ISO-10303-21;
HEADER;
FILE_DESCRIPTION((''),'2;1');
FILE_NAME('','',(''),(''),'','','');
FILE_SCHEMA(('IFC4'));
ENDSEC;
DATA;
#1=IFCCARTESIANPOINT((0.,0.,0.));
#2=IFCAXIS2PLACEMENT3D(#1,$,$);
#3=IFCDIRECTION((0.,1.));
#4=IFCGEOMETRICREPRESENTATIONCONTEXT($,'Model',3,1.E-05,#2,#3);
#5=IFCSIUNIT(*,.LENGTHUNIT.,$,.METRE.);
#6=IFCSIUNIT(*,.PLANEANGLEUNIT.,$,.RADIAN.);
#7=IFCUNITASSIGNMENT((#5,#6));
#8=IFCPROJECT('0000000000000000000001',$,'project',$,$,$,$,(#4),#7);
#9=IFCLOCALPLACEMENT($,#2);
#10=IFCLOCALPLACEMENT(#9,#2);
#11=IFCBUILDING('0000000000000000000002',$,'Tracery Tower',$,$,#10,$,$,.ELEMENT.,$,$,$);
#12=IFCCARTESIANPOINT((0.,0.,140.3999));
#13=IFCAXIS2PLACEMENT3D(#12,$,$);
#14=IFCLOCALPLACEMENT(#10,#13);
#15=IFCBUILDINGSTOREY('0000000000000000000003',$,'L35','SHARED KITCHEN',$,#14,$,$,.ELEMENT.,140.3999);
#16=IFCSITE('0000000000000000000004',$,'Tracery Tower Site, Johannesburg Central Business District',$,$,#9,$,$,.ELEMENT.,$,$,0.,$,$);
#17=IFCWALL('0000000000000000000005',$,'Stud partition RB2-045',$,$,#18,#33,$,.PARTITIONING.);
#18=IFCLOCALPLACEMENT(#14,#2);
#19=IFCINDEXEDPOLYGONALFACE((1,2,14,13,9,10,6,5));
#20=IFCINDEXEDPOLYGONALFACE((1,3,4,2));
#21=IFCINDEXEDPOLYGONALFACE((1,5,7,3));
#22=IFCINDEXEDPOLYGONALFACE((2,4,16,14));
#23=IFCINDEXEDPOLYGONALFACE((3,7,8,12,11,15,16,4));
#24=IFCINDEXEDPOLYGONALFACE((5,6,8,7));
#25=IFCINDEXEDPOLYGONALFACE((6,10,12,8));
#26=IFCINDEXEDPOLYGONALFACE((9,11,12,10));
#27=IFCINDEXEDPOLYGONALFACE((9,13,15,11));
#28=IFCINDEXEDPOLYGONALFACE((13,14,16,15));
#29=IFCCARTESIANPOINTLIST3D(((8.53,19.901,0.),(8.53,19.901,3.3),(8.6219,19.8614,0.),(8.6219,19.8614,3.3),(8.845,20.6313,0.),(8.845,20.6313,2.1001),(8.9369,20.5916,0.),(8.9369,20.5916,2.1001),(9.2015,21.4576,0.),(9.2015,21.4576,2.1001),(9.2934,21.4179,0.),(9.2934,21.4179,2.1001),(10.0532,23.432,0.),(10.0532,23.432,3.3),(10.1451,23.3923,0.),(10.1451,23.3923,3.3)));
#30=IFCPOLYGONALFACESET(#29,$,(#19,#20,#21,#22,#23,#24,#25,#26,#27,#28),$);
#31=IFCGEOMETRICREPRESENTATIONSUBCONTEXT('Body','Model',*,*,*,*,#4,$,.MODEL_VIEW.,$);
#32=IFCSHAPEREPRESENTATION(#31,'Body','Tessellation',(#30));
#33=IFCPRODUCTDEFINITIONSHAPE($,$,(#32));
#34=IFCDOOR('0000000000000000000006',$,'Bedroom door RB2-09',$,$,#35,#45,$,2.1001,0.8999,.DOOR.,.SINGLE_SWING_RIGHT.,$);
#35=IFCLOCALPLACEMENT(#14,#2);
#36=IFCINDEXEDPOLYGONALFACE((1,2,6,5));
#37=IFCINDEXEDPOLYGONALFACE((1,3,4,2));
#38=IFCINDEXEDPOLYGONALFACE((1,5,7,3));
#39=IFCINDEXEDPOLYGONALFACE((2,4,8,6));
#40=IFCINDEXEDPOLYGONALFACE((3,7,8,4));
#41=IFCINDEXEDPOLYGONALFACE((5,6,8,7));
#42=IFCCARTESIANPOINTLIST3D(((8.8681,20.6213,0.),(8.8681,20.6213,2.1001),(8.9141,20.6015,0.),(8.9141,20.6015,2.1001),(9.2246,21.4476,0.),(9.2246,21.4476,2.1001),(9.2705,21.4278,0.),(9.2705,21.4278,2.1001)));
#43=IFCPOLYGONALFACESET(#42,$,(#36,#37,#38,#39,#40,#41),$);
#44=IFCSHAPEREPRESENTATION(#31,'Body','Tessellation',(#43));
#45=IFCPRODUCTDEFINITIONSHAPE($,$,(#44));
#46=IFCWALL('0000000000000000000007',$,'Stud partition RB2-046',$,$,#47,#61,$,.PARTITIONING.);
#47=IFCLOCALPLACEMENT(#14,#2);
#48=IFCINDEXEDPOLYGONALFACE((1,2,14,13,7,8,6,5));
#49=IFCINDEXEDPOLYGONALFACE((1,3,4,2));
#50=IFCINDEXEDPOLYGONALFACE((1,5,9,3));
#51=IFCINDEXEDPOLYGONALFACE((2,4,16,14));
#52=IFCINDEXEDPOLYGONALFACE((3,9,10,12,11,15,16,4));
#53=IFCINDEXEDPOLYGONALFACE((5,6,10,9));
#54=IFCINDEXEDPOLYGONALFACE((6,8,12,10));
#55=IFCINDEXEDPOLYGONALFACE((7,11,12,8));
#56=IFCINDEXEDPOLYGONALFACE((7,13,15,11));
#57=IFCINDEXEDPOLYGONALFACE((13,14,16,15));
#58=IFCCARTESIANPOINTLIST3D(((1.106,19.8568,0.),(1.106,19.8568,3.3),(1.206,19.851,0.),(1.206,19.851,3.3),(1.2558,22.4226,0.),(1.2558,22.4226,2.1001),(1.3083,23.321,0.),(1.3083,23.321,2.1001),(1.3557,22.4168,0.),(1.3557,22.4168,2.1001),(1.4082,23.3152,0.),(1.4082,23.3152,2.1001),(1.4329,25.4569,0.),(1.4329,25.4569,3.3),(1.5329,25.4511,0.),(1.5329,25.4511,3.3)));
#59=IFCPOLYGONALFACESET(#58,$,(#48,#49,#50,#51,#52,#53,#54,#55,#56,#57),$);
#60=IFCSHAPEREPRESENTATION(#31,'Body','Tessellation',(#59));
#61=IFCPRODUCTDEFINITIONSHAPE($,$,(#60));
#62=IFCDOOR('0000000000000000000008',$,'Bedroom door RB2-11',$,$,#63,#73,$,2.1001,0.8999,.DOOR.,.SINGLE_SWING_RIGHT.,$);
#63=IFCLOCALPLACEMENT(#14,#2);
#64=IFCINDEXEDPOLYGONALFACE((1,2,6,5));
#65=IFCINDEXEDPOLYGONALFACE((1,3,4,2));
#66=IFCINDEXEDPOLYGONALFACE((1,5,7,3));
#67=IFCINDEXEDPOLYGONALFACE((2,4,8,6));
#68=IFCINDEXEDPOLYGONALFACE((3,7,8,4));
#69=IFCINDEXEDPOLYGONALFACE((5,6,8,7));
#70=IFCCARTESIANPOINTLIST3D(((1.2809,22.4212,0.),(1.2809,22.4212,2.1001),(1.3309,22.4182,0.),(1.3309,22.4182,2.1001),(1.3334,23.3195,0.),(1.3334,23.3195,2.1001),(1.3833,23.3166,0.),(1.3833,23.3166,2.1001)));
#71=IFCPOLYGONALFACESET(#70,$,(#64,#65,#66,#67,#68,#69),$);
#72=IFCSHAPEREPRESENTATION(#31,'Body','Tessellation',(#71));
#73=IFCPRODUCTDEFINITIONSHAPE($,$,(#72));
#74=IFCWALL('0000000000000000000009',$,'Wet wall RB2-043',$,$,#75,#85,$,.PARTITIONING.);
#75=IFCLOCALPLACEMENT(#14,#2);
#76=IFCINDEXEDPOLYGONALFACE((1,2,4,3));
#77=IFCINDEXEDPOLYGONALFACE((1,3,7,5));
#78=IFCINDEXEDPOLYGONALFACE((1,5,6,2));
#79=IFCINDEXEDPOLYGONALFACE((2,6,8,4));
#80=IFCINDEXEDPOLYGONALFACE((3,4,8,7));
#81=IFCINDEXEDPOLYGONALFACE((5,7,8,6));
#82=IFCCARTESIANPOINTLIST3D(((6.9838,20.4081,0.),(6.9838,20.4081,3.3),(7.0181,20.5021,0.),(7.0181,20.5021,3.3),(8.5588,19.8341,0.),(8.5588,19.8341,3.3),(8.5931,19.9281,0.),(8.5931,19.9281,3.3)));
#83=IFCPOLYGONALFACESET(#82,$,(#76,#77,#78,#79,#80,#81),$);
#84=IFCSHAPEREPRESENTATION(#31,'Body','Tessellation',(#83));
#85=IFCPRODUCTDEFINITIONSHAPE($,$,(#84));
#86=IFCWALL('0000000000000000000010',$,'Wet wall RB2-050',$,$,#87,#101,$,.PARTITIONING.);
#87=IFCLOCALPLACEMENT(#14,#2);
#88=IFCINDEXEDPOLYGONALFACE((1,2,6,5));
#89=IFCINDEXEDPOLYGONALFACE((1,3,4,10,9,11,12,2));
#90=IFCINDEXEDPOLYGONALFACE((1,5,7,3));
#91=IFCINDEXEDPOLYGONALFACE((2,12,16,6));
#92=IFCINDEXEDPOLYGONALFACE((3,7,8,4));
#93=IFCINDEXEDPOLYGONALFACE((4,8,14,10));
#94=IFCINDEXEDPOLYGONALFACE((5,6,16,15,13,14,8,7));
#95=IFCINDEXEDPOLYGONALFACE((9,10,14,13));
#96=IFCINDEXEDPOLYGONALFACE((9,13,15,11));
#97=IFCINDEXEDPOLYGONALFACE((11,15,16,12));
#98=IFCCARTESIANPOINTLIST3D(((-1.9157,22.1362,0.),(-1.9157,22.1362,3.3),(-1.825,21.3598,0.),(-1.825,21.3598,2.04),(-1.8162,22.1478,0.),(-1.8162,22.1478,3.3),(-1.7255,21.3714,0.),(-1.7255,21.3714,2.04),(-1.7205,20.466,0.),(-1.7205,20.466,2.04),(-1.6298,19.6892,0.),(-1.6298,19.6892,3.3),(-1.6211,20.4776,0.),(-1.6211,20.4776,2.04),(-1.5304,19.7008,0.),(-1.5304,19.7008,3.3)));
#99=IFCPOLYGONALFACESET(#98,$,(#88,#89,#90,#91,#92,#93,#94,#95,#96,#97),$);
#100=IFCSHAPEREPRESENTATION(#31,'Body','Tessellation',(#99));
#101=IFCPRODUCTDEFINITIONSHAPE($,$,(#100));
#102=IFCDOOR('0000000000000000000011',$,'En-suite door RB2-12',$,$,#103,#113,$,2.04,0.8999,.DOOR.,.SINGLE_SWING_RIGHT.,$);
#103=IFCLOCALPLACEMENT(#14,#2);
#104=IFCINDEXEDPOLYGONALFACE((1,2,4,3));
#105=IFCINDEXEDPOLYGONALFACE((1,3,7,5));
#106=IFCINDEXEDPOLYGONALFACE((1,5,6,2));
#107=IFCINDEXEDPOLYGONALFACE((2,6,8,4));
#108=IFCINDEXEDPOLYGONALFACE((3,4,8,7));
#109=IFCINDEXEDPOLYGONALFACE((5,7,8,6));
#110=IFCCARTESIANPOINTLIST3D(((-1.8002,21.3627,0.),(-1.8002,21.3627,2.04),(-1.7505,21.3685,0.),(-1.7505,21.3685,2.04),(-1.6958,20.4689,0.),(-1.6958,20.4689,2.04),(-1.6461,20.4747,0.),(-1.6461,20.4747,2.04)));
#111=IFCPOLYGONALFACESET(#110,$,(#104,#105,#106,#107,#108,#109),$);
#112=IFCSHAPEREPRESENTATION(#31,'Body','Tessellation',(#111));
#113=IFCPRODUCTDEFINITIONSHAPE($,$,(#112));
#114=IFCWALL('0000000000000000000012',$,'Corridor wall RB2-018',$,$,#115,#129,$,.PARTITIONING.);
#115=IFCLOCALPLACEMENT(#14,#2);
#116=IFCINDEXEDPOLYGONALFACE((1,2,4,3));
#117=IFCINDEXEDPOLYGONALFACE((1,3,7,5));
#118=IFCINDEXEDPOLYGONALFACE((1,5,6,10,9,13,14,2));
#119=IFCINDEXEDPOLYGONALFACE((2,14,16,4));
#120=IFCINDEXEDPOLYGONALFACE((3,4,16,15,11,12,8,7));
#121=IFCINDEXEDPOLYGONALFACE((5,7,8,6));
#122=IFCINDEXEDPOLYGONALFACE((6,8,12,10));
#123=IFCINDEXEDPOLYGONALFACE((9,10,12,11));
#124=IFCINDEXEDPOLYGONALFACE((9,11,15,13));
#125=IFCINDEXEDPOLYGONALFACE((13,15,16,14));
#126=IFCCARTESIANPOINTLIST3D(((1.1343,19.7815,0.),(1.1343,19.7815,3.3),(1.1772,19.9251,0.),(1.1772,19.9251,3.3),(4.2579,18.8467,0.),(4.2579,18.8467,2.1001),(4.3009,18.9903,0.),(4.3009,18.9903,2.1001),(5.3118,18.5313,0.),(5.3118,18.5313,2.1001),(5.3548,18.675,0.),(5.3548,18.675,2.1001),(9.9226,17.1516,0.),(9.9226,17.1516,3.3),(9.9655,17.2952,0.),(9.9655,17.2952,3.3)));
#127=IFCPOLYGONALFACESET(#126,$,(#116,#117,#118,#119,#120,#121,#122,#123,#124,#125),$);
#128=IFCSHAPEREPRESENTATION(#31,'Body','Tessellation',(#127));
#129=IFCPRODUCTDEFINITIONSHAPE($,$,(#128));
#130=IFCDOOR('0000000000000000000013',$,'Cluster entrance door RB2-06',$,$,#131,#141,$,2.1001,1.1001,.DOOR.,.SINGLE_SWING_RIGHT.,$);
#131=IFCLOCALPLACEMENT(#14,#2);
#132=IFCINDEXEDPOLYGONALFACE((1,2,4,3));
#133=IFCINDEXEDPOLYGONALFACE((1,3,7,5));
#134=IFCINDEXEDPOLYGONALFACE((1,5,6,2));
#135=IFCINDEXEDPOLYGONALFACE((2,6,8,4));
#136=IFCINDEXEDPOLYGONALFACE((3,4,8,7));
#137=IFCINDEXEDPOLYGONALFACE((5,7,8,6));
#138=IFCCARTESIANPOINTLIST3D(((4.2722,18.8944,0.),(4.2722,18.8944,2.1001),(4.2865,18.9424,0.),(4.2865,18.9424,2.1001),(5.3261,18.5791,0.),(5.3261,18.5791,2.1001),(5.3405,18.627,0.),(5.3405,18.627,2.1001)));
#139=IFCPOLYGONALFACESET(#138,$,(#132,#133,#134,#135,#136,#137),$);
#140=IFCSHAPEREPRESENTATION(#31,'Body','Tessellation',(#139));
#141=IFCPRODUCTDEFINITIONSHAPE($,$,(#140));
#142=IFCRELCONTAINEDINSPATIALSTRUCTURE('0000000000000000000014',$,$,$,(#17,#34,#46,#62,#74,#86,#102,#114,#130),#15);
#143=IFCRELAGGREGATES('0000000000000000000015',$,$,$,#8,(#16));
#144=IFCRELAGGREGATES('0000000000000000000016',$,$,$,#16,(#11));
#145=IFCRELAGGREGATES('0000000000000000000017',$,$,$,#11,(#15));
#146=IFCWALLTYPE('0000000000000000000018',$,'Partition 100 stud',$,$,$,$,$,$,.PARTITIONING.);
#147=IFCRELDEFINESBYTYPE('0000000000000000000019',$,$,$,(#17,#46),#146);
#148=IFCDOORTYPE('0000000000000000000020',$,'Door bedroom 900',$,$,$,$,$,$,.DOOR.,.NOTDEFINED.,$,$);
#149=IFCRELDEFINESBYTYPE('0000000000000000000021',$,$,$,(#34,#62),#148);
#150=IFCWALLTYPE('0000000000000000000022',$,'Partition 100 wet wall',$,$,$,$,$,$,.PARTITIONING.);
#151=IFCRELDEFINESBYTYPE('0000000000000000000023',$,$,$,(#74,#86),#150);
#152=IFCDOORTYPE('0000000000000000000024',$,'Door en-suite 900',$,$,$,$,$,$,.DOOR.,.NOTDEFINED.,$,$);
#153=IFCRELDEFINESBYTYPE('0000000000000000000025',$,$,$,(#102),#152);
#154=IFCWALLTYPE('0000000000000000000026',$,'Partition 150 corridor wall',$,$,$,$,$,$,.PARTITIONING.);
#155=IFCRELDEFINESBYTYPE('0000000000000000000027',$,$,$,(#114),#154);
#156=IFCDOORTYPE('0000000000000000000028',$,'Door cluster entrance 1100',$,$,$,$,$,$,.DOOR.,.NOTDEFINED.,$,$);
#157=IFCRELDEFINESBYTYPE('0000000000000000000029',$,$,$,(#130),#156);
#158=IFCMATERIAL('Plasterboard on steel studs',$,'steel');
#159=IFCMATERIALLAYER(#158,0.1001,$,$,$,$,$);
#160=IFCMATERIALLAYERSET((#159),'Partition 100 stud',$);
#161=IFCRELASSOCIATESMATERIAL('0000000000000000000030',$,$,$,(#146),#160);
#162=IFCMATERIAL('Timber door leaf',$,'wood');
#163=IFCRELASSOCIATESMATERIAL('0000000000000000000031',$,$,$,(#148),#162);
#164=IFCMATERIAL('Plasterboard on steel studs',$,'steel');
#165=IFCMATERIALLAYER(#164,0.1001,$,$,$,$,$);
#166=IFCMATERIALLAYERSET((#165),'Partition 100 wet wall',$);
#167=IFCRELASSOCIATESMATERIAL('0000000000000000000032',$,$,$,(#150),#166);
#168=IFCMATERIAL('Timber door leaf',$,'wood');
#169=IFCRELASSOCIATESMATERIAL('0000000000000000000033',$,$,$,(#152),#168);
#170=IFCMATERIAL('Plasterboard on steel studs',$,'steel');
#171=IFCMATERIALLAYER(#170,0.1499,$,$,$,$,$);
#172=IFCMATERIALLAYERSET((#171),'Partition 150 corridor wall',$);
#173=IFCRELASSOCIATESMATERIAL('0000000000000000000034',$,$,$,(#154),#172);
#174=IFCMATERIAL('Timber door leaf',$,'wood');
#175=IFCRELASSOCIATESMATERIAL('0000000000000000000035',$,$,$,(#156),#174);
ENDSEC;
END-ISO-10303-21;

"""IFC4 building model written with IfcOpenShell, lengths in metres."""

from ifc_helpers import new_model, si_unit, direction, frame, frame_2d, origin, place, context, subcontext, project, spatial, rectangle, extrude, material, layer, layer_set, type_object, element, fill, save


model = new_model("IFC4")

# Units and contexts
model_context = context("Model", 3, precision=1e-05, world=origin(), true_north=direction((0.0, 1.0)))
body_context = subcontext(model_context, "Body", "Model", "MODEL_VIEW")
ifc_project = project(units=[si_unit("LENGTHUNIT", "METRE"), si_unit("PLANEANGLEUNIT", "RADIAN")], contexts=[model_context])

# Site, building, storey
site_placement = place(None, origin())
site = spatial("IfcSite", under=ifc_project, at=site_placement, Name="Tracery Tower Site, Johannesburg Central Business District", CompositionType="ELEMENT", RefElevation=0.0)
building_placement = place(site_placement, origin())
building = spatial("IfcBuilding", under=site, at=building_placement, Name="Tracery Tower", CompositionType="ELEMENT")
storey_placement = place(building_placement, frame((0.0, 0.0, 140.3999)))
storey = spatial("IfcBuildingStorey", under=building, at=storey_placement, Name="L35", Description="SHARED KITCHEN", CompositionType="ELEMENT", Elevation=140.3999)

# Walls, openings, doors
ifc_material_1 = material(Name="Plasterboard on steel studs", Category="steel")
ifc_layer_1 = layer(ifc_material_1, 0.1001)
ifc_layer_set_1 = layer_set([ifc_layer_1], Name="Partition 100 stud")
wall_type_1 = type_object("IfcWallType", Name="Partition 100 stud", PredefinedType="PARTITIONING", material=ifc_layer_set_1)
wall_1_placement = place(storey_placement, frame((8.5759, 19.8811, 0.0), z_axis=(0.0, 0.0, 1.0), x_axis=(0.396094, 0.91821, 0.0)))
wall_1 = element("IfcWall", 1, at=wall_1_placement, inside=storey, type_object=wall_type_1, Name="Stud partition RB2-045", PredefinedType="PARTITIONING", context=body_context, shape_type="SweptSolid", body=[
    extrude(rectangle(XDim=3.8455, YDim=0.1001, at=frame_2d((1.9229, 0.0))), origin(), (0.0, 0.0, 1.0), 3.3),
])
opening_1_placement = place(wall_1_placement, frame((0.7954, 0.0, 0.0)))
opening_1 = element("IfcOpeningElement", 2, at=opening_1_placement, cuts=wall_1, PredefinedType="OPENING", context=body_context, shape_type="SweptSolid", body=[
    extrude(rectangle(XDim=0.8999, YDim=2.1001, at=frame_2d((0.45, 1.05))), frame((0.0, 0.05, 0.0), z_axis=(0.0, -1.0, 0.0), x_axis=(1.0, 0.0, 0.0)), (0.0, 0.0, 1.0), 0.1001),
])
ifc_material_2 = material(Name="Timber door leaf", Category="wood")
door_type_1 = type_object("IfcDoorType", Name="Door bedroom 900", OperationType="NOTDEFINED", PredefinedType="DOOR", material=ifc_material_2)
door_1_placement = place(opening_1_placement, origin())
door_1 = element("IfcDoor", 3, at=door_1_placement, inside=storey, type_object=door_type_1, Name="Bedroom door RB2-09", OperationType="SINGLE_SWING_RIGHT", OverallHeight=2.1001, OverallWidth=0.8999, PredefinedType="DOOR", context=body_context, shape_type="SweptSolid", body=[
    extrude(rectangle(XDim=0.8999, YDim=2.1001, at=frame_2d((0.45, 1.05))), frame((0.0, 0.0249, 0.0), z_axis=(0.0, -1.0, 0.0), x_axis=(1.0, 0.0, 0.0)), (0.0, 0.0, 1.0), 0.05),
])
fill(opening_1, door_1)
wall_2_placement = place(storey_placement, frame((1.156, 19.854, 0.0), z_axis=(0.0, 0.0, 1.0), x_axis=(0.058276, 0.998301, 0.0)))
wall_2 = element("IfcWall", 4, at=wall_2_placement, inside=storey, type_object=wall_type_1, Name="Stud partition RB2-046", PredefinedType="PARTITIONING", context=body_context, shape_type="SweptSolid", body=[
    extrude(rectangle(XDim=5.6096, YDim=0.1001, at=frame_2d((2.8047, 0.0))), origin(), (0.0, 0.0, 1.0), 3.3),
])
opening_2_placement = place(wall_2_placement, frame((2.5701, 0.0, 0.0)))
opening_2 = element("IfcOpeningElement", 5, at=opening_2_placement, cuts=wall_2, PredefinedType="OPENING", context=body_context, shape_type="SweptSolid", body=[
    extrude(rectangle(XDim=0.8999, YDim=2.1001, at=frame_2d((0.45, 1.05))), frame((0.0, 0.05, 0.0), z_axis=(0.0, -1.0, 0.0), x_axis=(1.0, 0.0, 0.0)), (0.0, 0.0, 1.0), 0.1001),
])
door_2_placement = place(opening_2_placement, origin())
door_2 = element("IfcDoor", 6, at=door_2_placement, inside=storey, type_object=door_type_1, Name="Bedroom door RB2-11", OperationType="SINGLE_SWING_RIGHT", OverallHeight=2.1001, OverallWidth=0.8999, PredefinedType="DOOR", context=body_context, shape_type="SweptSolid", body=[
    extrude(rectangle(XDim=0.8999, YDim=2.1001, at=frame_2d((0.45, 1.05))), frame((0.0, 0.0249, 0.0), z_axis=(0.0, -1.0, 0.0), x_axis=(1.0, 0.0, 0.0)), (0.0, 0.0, 1.0), 0.05),
])
fill(opening_2, door_2)

# Wall
ifc_material_3 = material(Name="Plasterboard on steel studs", Category="steel")
ifc_layer_2 = layer(ifc_material_3, 0.1001)
ifc_layer_set_2 = layer_set([ifc_layer_2], Name="Partition 100 wet wall")
wall_type_2 = type_object("IfcWallType", Name="Partition 100 wet wall", PredefinedType="PARTITIONING", material=ifc_layer_set_2)
wall_3_placement = place(storey_placement, frame((7.001, 20.4551, 0.0), z_axis=(0.0, 0.0, 1.0), x_axis=(0.939551, -0.34241, 0.0)))
element("IfcWall", 7, at=wall_3_placement, inside=storey, type_object=wall_type_2, Name="Wet wall RB2-043", PredefinedType="PARTITIONING", context=body_context, shape_type="SweptSolid", body=[
    extrude(rectangle(XDim=1.6763, YDim=0.1001, at=frame_2d((0.8381, 0.0))), origin(), (0.0, 0.0, 1.0), 3.3),
])

# Walls, openings, doors
wall_4_placement = place(storey_placement, frame((-1.866, 22.1421, 0.0), z_axis=(0.0, 0.0, 1.0), x_axis=(0.116042, -0.993244, 0.0)))
wall_4 = element("IfcWall", 8, at=wall_4_placement, inside=storey, type_object=wall_type_2, Name="Wet wall RB2-050", PredefinedType="PARTITIONING", context=body_context, shape_type="SweptSolid", body=[
    extrude(rectangle(XDim=2.4636, YDim=0.1001, at=frame_2d((1.2319, 0.0))), origin(), (0.0, 0.0, 1.0), 3.3),
])
opening_3_placement = place(wall_4_placement, frame((0.7817, 0.0, 0.0)))
opening_3 = element("IfcOpeningElement", 9, at=opening_3_placement, cuts=wall_4, PredefinedType="OPENING", context=body_context, shape_type="SweptSolid", body=[
    extrude(rectangle(XDim=0.8999, YDim=2.04, at=frame_2d((0.45, 1.02))), frame((0.0, 0.05, 0.0), z_axis=(0.0, -1.0, 0.0), x_axis=(1.0, 0.0, 0.0)), (0.0, 0.0, 1.0), 0.1001),
])
ifc_material_4 = material(Name="Timber door leaf", Category="wood")
door_type_2 = type_object("IfcDoorType", Name="Door en-suite 900", OperationType="NOTDEFINED", PredefinedType="DOOR", material=ifc_material_4)
door_3_placement = place(opening_3_placement, origin())
door_3 = element("IfcDoor", 10, at=door_3_placement, inside=storey, type_object=door_type_2, Name="En-suite door RB2-12", OperationType="SINGLE_SWING_RIGHT", OverallHeight=2.04, OverallWidth=0.8999, PredefinedType="DOOR", context=body_context, shape_type="SweptSolid", body=[
    extrude(rectangle(XDim=0.8999, YDim=2.04, at=frame_2d((0.45, 1.02))), frame((0.0, 0.0249, 0.0), z_axis=(0.0, -1.0, 0.0), x_axis=(1.0, 0.0, 0.0)), (0.0, 0.0, 1.0), 0.05),
])
fill(opening_3, door_3)
ifc_material_5 = material(Name="Plasterboard on steel studs", Category="steel")
ifc_layer_3 = layer(ifc_material_5, 0.1499)
ifc_layer_set_3 = layer_set([ifc_layer_3], Name="Partition 150 corridor wall")
wall_type_3 = type_object("IfcWallType", Name="Partition 150 corridor wall", PredefinedType="PARTITIONING", material=ifc_layer_set_3)
wall_5_placement = place(storey_placement, frame((1.1558, 19.8533, 0.0), z_axis=(0.0, 0.0, 1.0), x_axis=(0.958025, -0.286686, 0.0)))
wall_5 = element("IfcWall", 11, at=wall_5_placement, inside=storey, type_object=wall_type_3, Name="Corridor wall RB2-018", PredefinedType="PARTITIONING", context=body_context, shape_type="SweptSolid", body=[
    extrude(rectangle(XDim=9.1733, YDim=0.1499, at=frame_2d((4.5867, 0.0))), origin(), (0.0, 0.0, 1.0), 3.3),
])
opening_4_placement = place(wall_5_placement, frame((3.2605, 0.0, 0.0)))
opening_4 = element("IfcOpeningElement", 12, at=opening_4_placement, cuts=wall_5, PredefinedType="OPENING", context=body_context, shape_type="SweptSolid", body=[
    extrude(rectangle(XDim=1.1001, YDim=2.1001, at=frame_2d((0.55, 1.05))), frame((0.0, 0.075, 0.0), z_axis=(0.0, -1.0, 0.0), x_axis=(1.0, 0.0, 0.0)), (0.0, 0.0, 1.0), 0.1499),
])
ifc_material_6 = material(Name="Timber door leaf", Category="wood")
door_type_3 = type_object("IfcDoorType", Name="Door cluster entrance 1100", OperationType="NOTDEFINED", PredefinedType="DOOR", material=ifc_material_6)
door_4_placement = place(opening_4_placement, origin())
door_4 = element("IfcDoor", 13, at=door_4_placement, inside=storey, type_object=door_type_3, Name="Cluster entrance door RB2-06", OperationType="SINGLE_SWING_RIGHT", OverallHeight=2.1001, OverallWidth=1.1001, PredefinedType="DOOR", context=body_context, shape_type="SweptSolid", body=[
    extrude(rectangle(XDim=1.1001, YDim=2.1001, at=frame_2d((0.55, 1.05))), frame((0.0, 0.0249, 0.0), z_axis=(0.0, -1.0, 0.0), x_axis=(1.0, 0.0, 0.0)), (0.0, 0.0, 1.0), 0.05),
])
fill(opening_4, door_4)

save(model, "model.ifc")
